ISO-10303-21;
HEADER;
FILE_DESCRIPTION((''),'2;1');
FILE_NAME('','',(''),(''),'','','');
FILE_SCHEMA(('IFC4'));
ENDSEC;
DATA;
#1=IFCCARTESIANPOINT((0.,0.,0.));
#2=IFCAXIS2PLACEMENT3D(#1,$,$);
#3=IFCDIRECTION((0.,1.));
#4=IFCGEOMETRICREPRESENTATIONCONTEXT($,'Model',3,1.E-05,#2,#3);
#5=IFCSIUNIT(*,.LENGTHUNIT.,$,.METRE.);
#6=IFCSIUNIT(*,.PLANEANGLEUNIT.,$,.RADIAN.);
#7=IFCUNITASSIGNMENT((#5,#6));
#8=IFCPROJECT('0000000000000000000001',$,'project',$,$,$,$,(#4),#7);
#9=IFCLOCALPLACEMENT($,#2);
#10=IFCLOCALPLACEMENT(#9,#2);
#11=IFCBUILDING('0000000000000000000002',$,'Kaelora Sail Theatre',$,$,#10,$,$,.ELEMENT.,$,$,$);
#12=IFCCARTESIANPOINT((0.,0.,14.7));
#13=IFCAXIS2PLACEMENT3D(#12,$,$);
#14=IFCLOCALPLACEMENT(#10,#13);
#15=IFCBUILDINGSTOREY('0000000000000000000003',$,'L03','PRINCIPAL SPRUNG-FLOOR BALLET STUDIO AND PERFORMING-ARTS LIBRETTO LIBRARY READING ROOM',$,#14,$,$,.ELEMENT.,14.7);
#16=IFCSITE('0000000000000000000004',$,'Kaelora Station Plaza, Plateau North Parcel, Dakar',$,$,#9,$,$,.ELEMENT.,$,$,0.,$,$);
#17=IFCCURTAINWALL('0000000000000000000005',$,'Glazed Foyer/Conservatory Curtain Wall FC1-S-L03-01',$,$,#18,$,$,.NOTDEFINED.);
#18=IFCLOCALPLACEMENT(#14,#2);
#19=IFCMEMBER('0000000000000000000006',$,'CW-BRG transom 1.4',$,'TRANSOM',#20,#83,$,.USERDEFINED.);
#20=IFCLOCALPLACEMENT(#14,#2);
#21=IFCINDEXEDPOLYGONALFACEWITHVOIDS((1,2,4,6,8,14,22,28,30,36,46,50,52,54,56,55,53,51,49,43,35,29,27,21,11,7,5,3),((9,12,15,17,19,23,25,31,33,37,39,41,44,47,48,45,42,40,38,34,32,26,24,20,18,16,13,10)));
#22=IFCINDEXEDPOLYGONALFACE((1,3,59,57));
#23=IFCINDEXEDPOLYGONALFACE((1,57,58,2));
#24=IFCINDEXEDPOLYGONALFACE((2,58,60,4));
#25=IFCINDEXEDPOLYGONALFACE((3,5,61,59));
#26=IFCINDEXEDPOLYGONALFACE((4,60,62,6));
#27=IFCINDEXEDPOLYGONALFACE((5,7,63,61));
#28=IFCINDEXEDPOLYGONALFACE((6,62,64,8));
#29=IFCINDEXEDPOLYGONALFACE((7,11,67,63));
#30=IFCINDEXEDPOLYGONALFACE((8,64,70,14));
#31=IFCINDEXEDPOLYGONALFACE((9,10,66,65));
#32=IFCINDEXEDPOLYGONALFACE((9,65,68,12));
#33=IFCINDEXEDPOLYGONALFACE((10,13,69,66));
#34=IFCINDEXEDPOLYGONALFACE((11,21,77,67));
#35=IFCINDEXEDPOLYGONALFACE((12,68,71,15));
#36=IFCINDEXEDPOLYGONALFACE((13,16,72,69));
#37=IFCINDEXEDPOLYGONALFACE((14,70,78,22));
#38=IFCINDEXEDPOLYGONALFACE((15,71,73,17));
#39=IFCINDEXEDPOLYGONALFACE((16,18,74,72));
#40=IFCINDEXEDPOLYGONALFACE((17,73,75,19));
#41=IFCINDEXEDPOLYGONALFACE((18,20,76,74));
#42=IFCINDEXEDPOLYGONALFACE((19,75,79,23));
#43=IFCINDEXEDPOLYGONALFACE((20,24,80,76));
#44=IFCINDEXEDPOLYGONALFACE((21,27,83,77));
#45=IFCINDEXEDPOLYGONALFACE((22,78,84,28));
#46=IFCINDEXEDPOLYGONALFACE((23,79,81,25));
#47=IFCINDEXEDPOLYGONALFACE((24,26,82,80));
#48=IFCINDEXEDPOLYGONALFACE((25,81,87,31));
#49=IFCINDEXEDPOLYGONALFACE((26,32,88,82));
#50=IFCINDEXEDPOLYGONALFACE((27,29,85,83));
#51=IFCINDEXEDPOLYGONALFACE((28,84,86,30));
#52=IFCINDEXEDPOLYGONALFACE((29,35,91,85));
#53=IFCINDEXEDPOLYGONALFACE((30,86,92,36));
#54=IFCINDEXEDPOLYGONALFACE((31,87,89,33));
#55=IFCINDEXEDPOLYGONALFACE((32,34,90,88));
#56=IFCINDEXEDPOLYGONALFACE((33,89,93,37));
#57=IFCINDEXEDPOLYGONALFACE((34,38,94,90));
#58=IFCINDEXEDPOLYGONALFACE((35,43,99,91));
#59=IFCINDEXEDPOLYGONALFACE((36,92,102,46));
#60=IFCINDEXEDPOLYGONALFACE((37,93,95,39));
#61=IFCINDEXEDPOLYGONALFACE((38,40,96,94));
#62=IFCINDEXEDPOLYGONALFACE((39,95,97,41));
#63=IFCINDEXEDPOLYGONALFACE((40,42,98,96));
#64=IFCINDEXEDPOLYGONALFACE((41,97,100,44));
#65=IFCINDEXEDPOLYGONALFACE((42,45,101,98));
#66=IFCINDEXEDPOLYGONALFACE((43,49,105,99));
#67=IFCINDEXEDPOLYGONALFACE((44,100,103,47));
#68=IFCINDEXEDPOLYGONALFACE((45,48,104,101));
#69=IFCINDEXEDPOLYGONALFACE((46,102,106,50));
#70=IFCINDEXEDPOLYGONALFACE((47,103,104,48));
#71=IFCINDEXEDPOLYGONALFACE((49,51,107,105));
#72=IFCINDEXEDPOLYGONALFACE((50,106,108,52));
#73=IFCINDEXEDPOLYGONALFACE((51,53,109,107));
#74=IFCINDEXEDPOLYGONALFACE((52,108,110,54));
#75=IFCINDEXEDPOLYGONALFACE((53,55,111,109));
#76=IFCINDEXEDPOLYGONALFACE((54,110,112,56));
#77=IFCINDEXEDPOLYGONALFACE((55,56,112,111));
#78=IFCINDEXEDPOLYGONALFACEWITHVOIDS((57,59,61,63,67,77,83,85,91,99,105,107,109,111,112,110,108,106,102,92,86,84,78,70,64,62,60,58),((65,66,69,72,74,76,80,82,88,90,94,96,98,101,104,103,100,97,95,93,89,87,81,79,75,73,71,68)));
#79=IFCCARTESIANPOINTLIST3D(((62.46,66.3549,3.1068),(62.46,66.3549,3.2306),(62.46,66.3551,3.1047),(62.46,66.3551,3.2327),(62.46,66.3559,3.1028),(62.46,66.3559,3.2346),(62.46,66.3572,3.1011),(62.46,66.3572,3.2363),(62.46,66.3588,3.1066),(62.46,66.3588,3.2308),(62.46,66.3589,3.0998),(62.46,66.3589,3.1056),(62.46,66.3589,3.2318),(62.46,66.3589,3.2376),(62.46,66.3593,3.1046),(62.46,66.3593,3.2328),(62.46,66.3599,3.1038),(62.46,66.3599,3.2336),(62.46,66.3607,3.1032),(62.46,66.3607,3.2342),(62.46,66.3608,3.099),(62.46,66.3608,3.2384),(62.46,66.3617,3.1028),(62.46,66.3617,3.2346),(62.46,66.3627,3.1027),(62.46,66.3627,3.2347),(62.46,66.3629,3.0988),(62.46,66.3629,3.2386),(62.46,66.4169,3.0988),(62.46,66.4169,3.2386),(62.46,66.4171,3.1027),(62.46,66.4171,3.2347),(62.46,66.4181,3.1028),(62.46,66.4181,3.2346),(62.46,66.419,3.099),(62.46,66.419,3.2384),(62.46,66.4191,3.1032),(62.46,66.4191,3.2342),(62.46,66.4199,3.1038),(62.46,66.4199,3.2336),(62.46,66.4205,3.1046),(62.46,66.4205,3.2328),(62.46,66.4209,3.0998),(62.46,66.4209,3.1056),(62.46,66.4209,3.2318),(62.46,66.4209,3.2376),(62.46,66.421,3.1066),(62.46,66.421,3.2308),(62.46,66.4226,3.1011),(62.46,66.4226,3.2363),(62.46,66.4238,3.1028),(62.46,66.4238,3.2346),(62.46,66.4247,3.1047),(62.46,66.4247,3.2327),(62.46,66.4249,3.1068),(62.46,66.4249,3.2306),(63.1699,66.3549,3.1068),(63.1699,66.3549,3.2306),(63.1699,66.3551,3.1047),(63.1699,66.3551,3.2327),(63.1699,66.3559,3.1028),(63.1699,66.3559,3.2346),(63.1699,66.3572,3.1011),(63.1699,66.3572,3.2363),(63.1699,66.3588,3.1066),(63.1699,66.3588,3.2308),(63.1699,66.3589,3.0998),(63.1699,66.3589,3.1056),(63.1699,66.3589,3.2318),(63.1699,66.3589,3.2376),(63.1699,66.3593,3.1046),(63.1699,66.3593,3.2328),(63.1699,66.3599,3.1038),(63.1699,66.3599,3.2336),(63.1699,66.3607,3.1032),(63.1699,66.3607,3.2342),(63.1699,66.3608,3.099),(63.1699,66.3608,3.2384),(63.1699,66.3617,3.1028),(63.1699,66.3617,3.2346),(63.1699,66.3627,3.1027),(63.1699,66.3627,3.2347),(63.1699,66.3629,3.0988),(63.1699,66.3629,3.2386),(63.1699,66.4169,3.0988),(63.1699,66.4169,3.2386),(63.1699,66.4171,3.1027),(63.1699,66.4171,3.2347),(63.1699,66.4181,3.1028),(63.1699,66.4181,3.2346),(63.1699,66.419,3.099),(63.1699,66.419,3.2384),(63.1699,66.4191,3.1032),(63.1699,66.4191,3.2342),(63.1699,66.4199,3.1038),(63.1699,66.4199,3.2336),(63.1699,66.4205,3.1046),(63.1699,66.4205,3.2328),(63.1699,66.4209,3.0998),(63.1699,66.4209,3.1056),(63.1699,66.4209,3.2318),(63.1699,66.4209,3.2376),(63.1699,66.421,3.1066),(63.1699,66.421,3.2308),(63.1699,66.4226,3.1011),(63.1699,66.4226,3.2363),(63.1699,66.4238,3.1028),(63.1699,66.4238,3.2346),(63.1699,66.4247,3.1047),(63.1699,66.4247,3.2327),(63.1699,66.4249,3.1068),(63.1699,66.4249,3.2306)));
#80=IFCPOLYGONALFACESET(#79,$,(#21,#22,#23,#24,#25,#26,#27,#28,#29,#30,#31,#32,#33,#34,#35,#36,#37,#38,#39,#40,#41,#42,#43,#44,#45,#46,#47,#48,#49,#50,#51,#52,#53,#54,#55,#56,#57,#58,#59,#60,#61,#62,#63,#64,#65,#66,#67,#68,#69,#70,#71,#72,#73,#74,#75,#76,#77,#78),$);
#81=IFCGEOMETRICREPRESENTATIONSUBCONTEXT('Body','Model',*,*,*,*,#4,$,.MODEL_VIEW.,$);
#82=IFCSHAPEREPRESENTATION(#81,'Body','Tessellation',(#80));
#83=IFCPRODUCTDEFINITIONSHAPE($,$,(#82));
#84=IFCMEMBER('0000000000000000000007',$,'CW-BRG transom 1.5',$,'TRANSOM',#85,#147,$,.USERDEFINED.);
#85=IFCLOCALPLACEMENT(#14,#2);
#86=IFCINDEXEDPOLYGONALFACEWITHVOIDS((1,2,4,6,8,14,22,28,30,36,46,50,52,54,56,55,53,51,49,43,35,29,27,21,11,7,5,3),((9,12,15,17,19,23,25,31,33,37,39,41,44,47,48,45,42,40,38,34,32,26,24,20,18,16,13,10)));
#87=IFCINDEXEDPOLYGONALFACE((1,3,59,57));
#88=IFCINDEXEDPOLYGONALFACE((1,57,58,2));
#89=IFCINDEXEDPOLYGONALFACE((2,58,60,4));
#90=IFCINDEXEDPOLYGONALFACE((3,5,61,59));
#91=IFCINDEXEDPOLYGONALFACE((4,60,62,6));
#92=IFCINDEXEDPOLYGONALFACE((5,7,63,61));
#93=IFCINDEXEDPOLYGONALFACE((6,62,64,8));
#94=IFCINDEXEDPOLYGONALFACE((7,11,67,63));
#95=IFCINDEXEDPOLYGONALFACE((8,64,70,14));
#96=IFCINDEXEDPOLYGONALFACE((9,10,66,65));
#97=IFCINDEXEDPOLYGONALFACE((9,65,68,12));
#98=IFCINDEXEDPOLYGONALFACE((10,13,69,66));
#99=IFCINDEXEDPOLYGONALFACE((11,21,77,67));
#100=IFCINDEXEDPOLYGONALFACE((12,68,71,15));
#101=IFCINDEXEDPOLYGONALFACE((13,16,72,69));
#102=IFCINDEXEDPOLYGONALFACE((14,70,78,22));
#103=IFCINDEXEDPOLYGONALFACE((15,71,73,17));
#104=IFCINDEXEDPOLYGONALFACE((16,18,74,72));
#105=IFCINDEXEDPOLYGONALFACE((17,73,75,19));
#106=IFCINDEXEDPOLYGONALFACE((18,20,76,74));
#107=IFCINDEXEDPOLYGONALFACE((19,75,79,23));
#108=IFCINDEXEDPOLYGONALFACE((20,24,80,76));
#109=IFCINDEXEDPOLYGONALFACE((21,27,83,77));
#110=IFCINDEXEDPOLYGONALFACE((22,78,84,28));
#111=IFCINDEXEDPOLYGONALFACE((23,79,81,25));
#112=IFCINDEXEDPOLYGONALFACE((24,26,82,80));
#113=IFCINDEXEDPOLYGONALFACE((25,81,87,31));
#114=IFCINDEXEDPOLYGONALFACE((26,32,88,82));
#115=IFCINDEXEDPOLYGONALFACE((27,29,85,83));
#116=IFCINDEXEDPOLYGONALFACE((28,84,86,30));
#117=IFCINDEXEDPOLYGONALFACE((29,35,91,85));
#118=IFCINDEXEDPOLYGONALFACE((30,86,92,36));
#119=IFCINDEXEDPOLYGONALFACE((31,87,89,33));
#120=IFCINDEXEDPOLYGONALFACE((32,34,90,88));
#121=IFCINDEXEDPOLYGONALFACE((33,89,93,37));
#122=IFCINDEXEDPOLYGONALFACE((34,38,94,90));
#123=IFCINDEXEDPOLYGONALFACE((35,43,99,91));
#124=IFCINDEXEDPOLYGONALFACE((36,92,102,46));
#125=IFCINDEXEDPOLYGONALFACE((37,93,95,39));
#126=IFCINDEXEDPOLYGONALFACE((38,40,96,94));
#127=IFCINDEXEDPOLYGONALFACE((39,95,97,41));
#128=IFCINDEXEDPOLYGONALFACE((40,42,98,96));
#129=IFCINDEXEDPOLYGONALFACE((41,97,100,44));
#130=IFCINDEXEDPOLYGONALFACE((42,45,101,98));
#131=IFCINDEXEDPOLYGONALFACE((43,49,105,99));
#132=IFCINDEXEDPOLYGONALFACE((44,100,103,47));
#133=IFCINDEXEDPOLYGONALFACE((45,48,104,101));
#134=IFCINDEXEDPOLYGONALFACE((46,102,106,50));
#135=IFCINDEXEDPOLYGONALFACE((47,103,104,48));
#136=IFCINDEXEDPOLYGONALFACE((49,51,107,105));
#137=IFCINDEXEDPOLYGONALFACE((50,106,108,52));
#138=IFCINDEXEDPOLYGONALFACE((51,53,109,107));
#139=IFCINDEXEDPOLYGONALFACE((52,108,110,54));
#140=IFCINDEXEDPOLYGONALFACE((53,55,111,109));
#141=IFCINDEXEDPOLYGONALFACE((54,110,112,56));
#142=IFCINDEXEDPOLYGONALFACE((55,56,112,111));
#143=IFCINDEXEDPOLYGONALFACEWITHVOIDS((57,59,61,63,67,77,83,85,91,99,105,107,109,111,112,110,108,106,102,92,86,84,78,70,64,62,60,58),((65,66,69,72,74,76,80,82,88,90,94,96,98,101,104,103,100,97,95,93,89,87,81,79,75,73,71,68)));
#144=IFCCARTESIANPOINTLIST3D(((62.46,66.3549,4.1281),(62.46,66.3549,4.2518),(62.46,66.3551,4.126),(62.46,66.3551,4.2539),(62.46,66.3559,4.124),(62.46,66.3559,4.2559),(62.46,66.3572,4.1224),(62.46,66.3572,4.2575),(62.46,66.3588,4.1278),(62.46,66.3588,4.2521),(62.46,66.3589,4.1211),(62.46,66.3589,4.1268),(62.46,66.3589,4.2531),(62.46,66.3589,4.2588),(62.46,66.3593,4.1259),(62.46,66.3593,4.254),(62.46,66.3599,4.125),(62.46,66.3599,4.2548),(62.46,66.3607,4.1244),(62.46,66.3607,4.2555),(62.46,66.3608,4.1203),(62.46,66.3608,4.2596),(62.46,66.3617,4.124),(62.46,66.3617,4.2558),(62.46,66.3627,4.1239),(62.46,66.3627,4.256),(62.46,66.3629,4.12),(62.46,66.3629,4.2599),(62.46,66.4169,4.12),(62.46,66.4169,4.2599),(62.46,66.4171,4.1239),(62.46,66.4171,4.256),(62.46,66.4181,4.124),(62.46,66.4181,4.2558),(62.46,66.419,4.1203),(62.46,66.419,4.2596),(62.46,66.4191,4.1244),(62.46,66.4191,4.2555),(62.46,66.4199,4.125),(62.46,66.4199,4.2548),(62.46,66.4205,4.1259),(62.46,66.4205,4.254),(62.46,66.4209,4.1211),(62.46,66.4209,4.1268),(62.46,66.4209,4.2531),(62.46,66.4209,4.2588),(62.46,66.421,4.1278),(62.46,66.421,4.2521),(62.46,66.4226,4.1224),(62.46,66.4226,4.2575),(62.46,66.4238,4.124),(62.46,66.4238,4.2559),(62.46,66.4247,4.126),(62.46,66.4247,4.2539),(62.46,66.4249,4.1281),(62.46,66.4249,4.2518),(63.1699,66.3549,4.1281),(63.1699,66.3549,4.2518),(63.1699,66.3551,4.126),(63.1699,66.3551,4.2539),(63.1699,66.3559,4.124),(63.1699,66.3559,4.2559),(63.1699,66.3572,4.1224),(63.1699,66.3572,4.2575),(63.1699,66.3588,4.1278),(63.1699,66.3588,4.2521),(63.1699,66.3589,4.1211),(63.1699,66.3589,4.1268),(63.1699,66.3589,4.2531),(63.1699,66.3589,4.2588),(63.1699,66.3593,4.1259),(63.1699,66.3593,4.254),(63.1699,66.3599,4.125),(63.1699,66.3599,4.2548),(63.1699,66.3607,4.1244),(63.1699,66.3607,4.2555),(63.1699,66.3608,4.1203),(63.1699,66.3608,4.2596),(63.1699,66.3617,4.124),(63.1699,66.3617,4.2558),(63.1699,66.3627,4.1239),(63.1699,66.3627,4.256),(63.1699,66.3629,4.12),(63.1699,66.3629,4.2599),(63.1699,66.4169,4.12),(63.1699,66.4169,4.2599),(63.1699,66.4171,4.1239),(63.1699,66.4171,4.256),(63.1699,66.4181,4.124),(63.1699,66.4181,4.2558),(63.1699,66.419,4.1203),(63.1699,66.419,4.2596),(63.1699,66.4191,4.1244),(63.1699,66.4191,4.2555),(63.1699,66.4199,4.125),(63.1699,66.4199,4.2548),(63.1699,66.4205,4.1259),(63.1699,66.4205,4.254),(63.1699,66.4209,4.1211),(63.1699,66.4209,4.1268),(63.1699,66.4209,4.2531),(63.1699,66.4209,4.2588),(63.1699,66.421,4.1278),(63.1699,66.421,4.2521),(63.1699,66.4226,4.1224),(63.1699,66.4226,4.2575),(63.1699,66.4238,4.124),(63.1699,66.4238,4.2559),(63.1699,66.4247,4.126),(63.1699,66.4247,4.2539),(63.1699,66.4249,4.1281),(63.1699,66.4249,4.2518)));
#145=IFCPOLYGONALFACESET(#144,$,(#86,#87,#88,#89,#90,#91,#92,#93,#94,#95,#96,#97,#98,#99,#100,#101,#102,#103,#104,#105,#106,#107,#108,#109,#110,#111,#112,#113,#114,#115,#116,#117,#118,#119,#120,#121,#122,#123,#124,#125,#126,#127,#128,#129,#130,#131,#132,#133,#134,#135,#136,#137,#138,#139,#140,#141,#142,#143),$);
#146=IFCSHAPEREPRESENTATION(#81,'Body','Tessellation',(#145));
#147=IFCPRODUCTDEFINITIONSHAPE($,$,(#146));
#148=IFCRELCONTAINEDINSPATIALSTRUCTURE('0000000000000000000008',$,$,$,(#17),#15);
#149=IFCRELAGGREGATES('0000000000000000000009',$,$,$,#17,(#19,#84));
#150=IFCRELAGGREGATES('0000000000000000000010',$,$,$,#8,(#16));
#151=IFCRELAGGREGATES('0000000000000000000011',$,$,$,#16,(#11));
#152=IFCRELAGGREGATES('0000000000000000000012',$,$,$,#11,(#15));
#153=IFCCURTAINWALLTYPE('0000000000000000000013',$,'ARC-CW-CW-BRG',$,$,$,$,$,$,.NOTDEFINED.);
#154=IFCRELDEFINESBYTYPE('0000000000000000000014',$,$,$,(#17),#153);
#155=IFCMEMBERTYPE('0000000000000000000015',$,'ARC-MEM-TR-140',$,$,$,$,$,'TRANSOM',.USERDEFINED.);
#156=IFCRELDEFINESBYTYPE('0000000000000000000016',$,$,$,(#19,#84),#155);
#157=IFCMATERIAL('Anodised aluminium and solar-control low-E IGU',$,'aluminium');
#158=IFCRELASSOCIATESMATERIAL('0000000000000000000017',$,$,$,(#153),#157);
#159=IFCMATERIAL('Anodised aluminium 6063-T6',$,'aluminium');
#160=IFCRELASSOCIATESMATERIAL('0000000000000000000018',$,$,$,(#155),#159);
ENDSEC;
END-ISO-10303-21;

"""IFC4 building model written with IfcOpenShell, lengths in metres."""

from ifc_helpers import new_model, si_unit, direction, frame, origin, origin_2d, place, context, subcontext, project, spatial, hollow_rectangle, extrude, material, material_profile, profile_set, type_object, element, aggregate, save


model = new_model("IFC4")

# Units and contexts
model_context = context("Model", 3, precision=1e-05, world=origin(), true_north=direction((0.0, 1.0)))
body_context = subcontext(model_context, "Body", "Model", "MODEL_VIEW")
ifc_project = project(units=[si_unit("LENGTHUNIT", "METRE"), si_unit("PLANEANGLEUNIT", "RADIAN")], contexts=[model_context])

# Site, building, storey
site_placement = place(None, origin())
site = spatial("IfcSite", under=ifc_project, at=site_placement, Name="Kaelora Station Plaza, Plateau North Parcel, Dakar", CompositionType="ELEMENT", RefElevation=0.0)
building_placement = place(site_placement, origin())
building = spatial("IfcBuilding", under=site, at=building_placement, Name="Kaelora Sail Theatre", CompositionType="ELEMENT")
storey_placement = place(building_placement, frame((0.0, 0.0, 14.7)))
storey = spatial("IfcBuildingStorey", under=building, at=storey_placement, Name="L03", Description="PRINCIPAL SPRUNG-FLOOR BALLET STUDIO AND PERFORMING-ARTS LIBRETTO LIBRARY READING ROOM", CompositionType="ELEMENT", Elevation=14.7)

# Curtain wall, members
ifc_material_1 = material(Name="Anodised aluminium and solar-control low-E IGU", Category="aluminium")
curtain_wall_type = type_object("IfcCurtainWallType", Name="ARC-CW-CW-BRG", PredefinedType="NOTDEFINED", material=ifc_material_1)
curtain_wall_placement = place(storey_placement, origin())
curtain_wall = element("IfcCurtainWall", 1, at=curtain_wall_placement, inside=storey, type_object=curtain_wall_type, Name="Glazed Foyer/Conservatory Curtain Wall FC1-S-L03-01", PredefinedType="NOTDEFINED")
ifc_material_2 = material(Name="Anodised aluminium 6063-T6", Category="aluminium")
ifc_material_profile_1 = material_profile(ifc_material_2, hollow_rectangle(XDim=0.0701, YDim=0.1399, WallThickness=0.0039, InnerFilletRadius=0.0039, OuterFilletRadius=0.0081, at=origin_2d()), Name="ALU-TRAN 70x140x4")
ifc_profile_set_1 = profile_set([ifc_material_profile_1], Name="Anodised aluminium 6063-T6")
member_type_1 = type_object("IfcMemberType", Name="ARC-MEM-TR-140", ElementType="TRANSOM", PredefinedType="USERDEFINED", material=ifc_profile_set_1)
member_1_placement = place(storey_placement, frame((62.46, 66.3899, 3.1687), z_axis=(1.0, 0.0, 0.0), x_axis=(0.0, 1.0, 0.0)))
member_1 = element("IfcMember", 2, at=member_1_placement, type_object=member_type_1, Name="CW-BRG transom 1.4", ObjectType="TRANSOM", PredefinedType="USERDEFINED", context=body_context, shape_type="SweptSolid", body=[
    extrude(hollow_rectangle(XDim=0.0701, YDim=0.1399, WallThickness=0.0039, InnerFilletRadius=0.0039, OuterFilletRadius=0.0081, at=origin_2d()), origin(), (0.0, 0.0, 1.0), 0.71),
])
member_2_placement = place(storey_placement, frame((62.46, 66.3899, 4.1899), z_axis=(1.0, 0.0, 0.0), x_axis=(0.0, 1.0, 0.0)))
member_2 = element("IfcMember", 3, at=member_2_placement, type_object=member_type_1, Name="CW-BRG transom 1.5", ObjectType="TRANSOM", PredefinedType="USERDEFINED", context=body_context, shape_type="SweptSolid", body=[
    extrude(hollow_rectangle(XDim=0.0701, YDim=0.1399, WallThickness=0.0039, InnerFilletRadius=0.0039, OuterFilletRadius=0.0081, at=origin_2d()), origin(), (0.0, 0.0, 1.0), 0.71),
])

aggregate(curtain_wall, [member_1, member_2])

save(model, "model.ifc")
